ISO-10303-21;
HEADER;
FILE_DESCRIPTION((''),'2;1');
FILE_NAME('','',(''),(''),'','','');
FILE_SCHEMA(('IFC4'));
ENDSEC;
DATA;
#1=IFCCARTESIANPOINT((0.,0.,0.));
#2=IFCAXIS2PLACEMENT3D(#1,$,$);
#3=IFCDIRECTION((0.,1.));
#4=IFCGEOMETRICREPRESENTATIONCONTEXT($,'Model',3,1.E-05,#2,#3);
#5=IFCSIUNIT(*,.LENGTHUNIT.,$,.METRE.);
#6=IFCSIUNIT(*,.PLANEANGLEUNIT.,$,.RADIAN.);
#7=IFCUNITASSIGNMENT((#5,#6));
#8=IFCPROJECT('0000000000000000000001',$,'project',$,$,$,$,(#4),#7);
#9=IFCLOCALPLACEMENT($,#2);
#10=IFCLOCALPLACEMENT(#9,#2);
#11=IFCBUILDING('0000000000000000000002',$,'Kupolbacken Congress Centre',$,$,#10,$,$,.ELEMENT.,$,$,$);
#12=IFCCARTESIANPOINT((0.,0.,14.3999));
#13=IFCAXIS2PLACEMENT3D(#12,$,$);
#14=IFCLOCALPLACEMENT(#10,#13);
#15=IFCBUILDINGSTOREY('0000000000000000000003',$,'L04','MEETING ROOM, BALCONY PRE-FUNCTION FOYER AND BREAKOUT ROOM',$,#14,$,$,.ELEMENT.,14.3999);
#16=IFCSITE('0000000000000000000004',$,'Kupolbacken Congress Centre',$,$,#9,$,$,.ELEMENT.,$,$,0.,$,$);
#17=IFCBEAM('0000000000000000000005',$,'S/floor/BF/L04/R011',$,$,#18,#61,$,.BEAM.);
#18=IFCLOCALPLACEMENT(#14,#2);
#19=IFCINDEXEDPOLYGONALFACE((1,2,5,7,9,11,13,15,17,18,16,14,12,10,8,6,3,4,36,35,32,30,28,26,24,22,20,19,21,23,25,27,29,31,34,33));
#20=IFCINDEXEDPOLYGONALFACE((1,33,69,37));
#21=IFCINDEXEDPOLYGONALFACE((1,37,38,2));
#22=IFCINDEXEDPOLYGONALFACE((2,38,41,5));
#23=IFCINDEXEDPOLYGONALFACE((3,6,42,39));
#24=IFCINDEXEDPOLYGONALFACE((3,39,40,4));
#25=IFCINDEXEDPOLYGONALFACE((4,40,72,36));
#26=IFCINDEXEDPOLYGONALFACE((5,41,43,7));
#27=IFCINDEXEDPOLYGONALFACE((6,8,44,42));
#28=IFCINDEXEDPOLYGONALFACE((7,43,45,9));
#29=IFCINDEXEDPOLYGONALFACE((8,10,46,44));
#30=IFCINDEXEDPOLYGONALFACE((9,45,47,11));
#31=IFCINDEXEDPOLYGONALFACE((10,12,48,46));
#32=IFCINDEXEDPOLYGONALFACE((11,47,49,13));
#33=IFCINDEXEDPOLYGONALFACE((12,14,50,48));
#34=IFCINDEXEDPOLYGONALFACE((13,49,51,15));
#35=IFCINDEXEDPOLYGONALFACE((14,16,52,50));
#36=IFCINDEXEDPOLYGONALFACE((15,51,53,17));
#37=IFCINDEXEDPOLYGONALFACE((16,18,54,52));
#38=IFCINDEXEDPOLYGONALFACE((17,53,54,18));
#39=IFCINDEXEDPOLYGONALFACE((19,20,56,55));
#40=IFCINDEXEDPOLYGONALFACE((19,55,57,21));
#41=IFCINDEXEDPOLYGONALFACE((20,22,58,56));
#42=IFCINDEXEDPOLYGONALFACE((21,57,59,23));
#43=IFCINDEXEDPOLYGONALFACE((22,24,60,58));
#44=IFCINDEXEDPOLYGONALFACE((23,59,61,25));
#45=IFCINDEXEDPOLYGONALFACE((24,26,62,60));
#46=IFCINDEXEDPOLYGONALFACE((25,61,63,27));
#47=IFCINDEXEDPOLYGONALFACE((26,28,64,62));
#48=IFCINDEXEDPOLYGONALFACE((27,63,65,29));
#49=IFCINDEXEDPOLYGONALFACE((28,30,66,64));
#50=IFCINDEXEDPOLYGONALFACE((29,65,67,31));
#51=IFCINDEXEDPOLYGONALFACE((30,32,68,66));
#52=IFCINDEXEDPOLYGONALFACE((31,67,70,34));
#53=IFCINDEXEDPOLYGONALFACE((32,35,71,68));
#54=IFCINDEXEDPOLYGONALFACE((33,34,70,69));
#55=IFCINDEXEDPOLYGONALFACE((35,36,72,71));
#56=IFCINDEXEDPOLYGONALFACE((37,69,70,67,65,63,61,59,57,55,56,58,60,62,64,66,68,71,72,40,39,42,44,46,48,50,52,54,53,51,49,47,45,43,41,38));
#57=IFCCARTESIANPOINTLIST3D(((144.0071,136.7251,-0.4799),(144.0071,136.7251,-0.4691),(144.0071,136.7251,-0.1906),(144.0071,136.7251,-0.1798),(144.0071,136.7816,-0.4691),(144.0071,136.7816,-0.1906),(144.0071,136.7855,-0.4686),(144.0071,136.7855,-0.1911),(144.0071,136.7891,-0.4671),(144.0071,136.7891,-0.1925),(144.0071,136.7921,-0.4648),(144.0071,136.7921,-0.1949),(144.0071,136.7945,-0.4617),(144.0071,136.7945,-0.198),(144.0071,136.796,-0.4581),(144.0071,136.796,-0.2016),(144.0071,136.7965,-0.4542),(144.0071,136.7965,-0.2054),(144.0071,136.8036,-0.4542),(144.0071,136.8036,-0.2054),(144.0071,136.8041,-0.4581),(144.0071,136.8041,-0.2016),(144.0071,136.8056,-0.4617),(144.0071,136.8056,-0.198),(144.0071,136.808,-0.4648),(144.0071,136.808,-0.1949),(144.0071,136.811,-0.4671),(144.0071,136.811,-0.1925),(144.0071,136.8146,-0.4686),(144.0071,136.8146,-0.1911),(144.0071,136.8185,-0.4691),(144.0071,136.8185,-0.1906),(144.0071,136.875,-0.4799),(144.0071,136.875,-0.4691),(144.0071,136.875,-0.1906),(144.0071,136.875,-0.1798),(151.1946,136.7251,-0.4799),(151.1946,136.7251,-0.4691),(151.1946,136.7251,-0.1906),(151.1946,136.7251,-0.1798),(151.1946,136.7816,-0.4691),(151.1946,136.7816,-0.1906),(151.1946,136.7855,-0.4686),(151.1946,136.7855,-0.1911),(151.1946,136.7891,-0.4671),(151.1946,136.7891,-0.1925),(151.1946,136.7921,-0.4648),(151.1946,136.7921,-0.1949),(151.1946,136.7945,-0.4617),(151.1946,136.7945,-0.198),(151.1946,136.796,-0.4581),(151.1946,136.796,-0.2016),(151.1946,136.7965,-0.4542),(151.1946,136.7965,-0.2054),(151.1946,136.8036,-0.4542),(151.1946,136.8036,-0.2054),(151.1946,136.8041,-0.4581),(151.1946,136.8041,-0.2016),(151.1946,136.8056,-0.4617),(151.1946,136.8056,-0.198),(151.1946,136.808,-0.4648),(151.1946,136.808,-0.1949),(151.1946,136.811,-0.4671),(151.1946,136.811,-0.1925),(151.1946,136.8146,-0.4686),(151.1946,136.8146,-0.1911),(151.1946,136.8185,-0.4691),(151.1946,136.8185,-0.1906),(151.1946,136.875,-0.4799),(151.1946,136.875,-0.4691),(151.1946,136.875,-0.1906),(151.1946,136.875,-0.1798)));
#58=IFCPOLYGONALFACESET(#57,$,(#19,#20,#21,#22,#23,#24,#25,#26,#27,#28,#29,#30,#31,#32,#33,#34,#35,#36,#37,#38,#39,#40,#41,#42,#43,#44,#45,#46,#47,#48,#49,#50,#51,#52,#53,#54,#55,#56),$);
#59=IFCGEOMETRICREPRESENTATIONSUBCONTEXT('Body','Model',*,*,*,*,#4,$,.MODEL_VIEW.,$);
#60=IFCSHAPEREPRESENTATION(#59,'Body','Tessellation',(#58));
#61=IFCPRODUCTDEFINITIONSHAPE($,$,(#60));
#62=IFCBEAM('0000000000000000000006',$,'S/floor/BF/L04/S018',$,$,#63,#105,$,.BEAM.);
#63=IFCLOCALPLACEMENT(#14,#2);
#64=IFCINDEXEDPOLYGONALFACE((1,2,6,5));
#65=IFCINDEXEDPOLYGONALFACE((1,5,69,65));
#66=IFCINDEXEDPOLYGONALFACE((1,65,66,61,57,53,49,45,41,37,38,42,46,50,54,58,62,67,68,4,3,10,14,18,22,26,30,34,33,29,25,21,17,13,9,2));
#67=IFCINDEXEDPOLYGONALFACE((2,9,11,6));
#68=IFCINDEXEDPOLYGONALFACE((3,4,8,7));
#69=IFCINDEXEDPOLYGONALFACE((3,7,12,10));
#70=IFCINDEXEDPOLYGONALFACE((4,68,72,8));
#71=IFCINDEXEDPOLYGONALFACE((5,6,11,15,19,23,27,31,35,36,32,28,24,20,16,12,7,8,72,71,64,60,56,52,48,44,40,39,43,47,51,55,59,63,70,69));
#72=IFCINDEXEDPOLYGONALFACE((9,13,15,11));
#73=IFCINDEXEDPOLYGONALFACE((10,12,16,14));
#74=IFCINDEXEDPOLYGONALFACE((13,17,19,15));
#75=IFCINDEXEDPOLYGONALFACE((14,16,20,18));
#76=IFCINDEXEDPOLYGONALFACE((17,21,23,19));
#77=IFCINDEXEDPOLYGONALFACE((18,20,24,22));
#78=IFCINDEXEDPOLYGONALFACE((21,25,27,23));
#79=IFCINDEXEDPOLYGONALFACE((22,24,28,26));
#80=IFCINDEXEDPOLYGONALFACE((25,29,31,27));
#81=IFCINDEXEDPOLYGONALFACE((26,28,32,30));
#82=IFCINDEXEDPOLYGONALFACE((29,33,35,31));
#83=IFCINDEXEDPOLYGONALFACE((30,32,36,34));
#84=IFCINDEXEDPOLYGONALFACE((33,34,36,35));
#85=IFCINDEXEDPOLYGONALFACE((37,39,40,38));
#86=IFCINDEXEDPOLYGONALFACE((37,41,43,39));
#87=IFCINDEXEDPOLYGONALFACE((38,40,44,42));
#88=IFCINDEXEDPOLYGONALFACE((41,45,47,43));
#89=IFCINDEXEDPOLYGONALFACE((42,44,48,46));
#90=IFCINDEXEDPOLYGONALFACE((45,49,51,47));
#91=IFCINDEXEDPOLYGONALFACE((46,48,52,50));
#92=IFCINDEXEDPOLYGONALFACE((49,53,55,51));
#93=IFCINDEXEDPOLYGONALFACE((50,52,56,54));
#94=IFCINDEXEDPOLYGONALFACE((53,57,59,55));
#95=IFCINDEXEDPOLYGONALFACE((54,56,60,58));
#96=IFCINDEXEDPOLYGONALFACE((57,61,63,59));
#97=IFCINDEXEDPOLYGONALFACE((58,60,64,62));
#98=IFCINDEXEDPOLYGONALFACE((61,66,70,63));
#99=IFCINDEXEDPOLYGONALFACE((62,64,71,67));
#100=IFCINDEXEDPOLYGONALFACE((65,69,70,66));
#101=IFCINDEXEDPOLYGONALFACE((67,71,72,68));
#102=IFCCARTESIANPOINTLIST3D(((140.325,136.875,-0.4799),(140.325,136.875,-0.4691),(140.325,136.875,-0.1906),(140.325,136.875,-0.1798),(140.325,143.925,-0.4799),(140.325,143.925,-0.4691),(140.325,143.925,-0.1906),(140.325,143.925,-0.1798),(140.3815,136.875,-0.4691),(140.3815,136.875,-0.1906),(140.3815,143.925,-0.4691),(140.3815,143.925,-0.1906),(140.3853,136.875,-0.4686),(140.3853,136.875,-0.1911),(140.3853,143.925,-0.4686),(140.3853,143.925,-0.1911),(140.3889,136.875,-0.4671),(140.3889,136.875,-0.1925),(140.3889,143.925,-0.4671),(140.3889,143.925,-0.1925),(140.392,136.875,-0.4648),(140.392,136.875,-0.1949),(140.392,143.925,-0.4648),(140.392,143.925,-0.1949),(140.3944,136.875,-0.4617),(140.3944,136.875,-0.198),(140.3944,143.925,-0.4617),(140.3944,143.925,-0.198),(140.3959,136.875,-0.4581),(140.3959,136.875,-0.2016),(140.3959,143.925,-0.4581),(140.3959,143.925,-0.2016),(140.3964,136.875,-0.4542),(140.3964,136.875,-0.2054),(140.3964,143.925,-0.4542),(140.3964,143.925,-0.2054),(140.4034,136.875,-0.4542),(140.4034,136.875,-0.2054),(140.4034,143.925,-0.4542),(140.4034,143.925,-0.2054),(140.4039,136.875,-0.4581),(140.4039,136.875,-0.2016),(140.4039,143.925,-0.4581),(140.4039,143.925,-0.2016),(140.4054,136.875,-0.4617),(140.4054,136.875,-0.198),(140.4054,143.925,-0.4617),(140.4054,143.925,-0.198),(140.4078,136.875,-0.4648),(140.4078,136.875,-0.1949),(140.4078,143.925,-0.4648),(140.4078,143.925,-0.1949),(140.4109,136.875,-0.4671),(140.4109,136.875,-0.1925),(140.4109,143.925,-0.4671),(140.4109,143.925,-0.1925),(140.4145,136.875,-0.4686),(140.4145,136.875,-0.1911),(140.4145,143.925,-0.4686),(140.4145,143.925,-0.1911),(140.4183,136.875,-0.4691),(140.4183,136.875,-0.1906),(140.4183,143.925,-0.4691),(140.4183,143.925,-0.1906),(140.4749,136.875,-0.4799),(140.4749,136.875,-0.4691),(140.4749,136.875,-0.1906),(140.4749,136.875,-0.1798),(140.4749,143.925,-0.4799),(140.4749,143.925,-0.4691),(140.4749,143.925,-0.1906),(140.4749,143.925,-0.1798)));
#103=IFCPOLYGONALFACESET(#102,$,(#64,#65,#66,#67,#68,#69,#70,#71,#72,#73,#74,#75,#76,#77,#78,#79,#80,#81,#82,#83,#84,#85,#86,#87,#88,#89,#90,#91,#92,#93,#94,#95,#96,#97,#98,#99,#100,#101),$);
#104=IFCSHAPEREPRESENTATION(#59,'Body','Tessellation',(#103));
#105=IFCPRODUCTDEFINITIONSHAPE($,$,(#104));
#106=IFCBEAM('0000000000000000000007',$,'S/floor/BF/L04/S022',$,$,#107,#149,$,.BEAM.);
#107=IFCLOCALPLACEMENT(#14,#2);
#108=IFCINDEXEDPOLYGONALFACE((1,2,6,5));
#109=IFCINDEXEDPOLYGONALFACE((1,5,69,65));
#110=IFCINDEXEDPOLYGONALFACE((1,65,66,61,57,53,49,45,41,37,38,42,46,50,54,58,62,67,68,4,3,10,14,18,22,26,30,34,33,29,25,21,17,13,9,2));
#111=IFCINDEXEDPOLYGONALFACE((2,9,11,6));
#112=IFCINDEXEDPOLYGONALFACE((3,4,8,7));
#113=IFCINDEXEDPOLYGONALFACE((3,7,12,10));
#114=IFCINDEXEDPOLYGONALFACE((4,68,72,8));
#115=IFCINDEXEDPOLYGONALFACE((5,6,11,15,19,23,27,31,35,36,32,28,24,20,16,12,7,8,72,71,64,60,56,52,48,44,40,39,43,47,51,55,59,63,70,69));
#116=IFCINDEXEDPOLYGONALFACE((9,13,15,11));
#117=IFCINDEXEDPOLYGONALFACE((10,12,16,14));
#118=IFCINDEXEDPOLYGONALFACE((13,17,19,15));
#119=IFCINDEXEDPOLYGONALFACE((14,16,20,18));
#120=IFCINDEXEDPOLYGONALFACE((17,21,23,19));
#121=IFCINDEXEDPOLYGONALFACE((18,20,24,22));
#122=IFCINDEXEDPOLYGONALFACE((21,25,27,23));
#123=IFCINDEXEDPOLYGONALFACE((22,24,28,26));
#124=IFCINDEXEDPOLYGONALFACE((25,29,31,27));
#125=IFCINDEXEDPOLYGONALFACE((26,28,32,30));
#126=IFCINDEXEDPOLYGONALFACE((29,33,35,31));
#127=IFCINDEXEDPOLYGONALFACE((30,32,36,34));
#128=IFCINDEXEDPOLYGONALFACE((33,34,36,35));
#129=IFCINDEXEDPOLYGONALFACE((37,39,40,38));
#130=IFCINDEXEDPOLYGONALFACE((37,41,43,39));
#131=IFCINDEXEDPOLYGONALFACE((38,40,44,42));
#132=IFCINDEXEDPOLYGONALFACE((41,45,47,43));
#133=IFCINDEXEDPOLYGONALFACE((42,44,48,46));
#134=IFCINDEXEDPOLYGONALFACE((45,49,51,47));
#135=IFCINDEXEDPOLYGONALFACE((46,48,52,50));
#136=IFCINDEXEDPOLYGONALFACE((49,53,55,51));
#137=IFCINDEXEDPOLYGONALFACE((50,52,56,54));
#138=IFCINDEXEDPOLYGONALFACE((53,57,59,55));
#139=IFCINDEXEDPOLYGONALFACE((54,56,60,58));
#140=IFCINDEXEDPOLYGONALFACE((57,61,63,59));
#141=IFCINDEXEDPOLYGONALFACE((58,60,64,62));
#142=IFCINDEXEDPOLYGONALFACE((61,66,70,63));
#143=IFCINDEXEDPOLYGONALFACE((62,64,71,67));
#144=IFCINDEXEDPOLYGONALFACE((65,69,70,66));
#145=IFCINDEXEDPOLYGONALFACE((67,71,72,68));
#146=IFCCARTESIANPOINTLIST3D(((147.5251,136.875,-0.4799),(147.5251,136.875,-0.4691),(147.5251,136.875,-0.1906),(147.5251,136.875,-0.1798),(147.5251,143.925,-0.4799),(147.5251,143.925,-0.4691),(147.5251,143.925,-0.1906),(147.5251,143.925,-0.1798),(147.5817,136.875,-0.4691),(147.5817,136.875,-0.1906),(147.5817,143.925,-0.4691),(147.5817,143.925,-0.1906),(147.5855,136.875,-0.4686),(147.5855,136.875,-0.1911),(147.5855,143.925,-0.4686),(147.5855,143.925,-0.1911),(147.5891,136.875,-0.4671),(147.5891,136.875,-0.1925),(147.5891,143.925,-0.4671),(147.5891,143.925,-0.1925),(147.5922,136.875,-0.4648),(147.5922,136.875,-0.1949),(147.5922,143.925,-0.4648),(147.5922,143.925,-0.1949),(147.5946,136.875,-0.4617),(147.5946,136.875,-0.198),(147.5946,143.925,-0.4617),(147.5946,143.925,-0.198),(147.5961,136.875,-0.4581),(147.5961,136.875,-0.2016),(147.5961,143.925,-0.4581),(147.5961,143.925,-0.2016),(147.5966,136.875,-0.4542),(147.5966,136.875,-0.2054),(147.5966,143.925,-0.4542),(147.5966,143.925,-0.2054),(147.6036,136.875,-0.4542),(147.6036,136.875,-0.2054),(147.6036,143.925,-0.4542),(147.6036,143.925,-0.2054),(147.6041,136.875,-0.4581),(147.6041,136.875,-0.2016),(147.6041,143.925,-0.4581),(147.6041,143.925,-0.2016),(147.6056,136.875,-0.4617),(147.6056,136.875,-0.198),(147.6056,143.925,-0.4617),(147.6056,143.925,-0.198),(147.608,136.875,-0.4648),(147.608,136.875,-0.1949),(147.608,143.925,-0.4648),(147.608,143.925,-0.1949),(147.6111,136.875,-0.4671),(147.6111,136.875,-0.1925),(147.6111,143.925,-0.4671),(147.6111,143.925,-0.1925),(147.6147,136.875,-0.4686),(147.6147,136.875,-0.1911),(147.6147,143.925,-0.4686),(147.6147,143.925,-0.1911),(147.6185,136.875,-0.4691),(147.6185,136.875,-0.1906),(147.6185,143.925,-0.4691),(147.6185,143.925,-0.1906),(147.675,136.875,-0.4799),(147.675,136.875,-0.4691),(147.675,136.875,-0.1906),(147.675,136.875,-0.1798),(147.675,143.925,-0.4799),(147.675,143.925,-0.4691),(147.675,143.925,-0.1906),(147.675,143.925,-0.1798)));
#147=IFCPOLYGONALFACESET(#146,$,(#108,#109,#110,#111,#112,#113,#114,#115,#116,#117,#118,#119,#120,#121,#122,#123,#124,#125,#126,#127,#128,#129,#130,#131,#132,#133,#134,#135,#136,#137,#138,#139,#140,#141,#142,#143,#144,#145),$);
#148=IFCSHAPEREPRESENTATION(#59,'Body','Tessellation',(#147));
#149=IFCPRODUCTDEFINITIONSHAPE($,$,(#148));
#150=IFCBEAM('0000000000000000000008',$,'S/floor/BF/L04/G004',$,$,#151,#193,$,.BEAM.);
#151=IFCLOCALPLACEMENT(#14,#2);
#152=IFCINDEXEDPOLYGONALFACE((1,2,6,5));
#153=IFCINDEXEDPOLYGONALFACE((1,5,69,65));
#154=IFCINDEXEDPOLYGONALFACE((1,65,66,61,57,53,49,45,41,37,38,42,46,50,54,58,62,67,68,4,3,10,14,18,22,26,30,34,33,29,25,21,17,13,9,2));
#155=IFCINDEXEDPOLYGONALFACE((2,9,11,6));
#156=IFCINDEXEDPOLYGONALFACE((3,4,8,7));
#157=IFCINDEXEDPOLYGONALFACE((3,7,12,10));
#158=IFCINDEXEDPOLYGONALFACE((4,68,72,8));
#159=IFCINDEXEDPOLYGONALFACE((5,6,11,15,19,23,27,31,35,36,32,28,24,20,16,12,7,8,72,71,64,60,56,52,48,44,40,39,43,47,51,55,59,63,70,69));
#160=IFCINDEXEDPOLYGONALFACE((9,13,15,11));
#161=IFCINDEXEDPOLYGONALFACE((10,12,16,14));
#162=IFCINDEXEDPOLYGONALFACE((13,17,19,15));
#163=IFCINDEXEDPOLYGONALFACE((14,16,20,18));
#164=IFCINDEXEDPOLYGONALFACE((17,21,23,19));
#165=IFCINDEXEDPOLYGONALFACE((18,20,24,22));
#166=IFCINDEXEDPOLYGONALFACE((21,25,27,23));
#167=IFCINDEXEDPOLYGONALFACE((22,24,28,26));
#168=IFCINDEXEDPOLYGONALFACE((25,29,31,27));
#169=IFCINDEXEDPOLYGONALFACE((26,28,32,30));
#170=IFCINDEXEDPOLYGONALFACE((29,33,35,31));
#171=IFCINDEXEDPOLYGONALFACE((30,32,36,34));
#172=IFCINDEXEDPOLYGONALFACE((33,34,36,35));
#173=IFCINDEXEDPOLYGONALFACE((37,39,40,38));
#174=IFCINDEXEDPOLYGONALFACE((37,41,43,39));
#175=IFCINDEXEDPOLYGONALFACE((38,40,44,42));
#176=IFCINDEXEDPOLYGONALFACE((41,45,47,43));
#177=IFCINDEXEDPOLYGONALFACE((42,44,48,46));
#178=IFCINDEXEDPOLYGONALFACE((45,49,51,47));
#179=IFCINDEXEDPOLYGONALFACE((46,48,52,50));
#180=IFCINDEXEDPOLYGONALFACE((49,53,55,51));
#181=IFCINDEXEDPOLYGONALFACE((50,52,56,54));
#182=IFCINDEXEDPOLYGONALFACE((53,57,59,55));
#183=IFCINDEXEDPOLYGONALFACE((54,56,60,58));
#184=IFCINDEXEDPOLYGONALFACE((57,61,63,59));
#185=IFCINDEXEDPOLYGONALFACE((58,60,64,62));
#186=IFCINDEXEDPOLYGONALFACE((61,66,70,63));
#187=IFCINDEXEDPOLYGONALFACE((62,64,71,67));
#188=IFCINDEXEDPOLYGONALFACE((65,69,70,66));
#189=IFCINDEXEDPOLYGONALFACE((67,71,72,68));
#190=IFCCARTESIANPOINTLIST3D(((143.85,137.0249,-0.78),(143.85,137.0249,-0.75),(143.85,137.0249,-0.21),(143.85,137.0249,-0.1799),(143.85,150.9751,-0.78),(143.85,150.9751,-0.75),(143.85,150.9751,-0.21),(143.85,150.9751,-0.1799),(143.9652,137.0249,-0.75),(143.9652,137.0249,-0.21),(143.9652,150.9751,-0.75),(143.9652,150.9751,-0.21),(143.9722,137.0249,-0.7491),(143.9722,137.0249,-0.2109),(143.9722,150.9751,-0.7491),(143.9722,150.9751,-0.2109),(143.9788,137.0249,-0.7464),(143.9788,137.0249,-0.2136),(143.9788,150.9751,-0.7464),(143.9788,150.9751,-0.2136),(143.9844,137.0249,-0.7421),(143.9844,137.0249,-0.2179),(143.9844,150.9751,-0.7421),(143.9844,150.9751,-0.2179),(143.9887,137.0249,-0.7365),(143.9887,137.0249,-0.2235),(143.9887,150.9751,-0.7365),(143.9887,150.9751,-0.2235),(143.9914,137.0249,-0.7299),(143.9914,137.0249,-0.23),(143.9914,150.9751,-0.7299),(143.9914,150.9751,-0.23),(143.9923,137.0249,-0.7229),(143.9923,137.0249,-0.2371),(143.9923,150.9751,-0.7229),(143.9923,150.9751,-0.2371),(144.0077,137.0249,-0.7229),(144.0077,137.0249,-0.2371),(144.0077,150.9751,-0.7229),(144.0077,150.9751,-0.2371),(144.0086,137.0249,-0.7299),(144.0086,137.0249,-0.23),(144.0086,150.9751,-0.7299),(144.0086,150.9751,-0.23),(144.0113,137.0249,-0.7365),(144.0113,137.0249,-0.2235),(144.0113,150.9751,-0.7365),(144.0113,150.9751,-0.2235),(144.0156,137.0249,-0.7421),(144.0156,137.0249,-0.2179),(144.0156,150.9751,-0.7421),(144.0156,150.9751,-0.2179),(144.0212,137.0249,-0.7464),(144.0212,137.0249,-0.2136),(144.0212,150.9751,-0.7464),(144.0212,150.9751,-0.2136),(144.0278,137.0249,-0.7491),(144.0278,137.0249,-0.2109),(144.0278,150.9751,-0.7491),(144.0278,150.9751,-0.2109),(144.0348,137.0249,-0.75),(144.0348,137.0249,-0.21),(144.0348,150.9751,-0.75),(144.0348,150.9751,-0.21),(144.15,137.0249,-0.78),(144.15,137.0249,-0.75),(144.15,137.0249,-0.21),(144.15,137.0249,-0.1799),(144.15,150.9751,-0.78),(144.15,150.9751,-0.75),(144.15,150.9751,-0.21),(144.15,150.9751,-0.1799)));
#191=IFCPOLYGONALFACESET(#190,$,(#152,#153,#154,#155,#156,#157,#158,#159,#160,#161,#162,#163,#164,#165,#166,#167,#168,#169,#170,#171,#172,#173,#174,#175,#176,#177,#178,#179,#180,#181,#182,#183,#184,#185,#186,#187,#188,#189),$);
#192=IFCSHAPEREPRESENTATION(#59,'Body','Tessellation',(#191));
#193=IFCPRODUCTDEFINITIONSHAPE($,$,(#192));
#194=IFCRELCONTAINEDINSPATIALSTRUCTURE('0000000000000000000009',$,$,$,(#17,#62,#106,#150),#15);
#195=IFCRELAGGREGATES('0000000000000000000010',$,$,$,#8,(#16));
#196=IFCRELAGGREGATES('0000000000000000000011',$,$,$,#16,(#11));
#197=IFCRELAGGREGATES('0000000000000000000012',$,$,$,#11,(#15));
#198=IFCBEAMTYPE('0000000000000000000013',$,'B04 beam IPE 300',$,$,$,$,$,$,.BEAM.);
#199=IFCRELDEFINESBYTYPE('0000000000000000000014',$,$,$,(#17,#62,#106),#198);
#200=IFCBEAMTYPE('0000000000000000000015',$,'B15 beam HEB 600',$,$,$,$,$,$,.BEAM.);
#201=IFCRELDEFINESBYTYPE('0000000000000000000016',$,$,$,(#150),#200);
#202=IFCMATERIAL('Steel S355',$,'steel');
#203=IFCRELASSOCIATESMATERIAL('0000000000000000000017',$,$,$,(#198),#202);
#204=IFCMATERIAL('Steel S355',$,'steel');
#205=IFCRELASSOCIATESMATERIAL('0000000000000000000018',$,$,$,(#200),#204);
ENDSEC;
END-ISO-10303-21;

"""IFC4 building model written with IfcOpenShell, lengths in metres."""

from ifc_helpers import new_model, si_unit, direction, frame, origin, origin_2d, place, context, subcontext, project, spatial, i_section, extrude, material, material_profile, profile_set, type_object, element, save


model = new_model("IFC4")

# Units and contexts
model_context = context("Model", 3, precision=1e-05, world=origin(), true_north=direction((0.0, 1.0)))
body_context = subcontext(model_context, "Body", "Model", "MODEL_VIEW")
ifc_project = project(units=[si_unit("LENGTHUNIT", "METRE"), si_unit("PLANEANGLEUNIT", "RADIAN")], contexts=[model_context])

# Site, building, storey
site_placement = place(None, origin())
site = spatial("IfcSite", under=ifc_project, at=site_placement, Name="Kupolbacken Congress Centre", CompositionType="ELEMENT", RefElevation=0.0)
building_placement = place(site_placement, origin())
building = spatial("IfcBuilding", under=site, at=building_placement, Name="Kupolbacken Congress Centre", CompositionType="ELEMENT")
storey_placement = place(building_placement, frame((0.0, 0.0, 14.3999)))
storey = spatial("IfcBuildingStorey", under=building, at=storey_placement, Name="L04", Description="MEETING ROOM, BALCONY PRE-FUNCTION FOYER AND BREAKOUT ROOM", CompositionType="ELEMENT", Elevation=14.3999)

# Beams
ifc_material_1 = material(Name="Steel S355", Category="steel")
ifc_material_profile_1 = material_profile(ifc_material_1, i_section(OverallWidth=0.1499, OverallDepth=0.3, WebThickness=0.0071, FlangeThickness=0.0107, FilletRadius=0.0149, at=origin_2d()), Name="IPE 300")
ifc_profile_set_1 = profile_set([ifc_material_profile_1], Name="Steel S355")
beam_type_1 = type_object("IfcBeamType", Name="B04 beam IPE 300", PredefinedType="BEAM", material=ifc_profile_set_1)
beam_1_placement = place(storey_placement, frame((144.0071, 136.8, -0.3298), z_axis=(1.0, 0.0, 0.0), x_axis=(0.0, 1.0, 0.0)))
element("IfcBeam", 1, at=beam_1_placement, inside=storey, type_object=beam_type_1, Name="S/floor/BF/L04/R011", PredefinedType="BEAM", context=body_context, shape_type="SweptSolid", body=[
    extrude(i_section(OverallWidth=0.1499, OverallDepth=0.3, WebThickness=0.0071, FlangeThickness=0.0107, FilletRadius=0.0149, at=origin_2d()), origin(), (0.0, 0.0, 1.0), 7.1875),
])
for number, where, z_axis, x_axis, name in (
    (2, (140.3999, 136.875, -0.3298), (0.0, 1.0, 0.0), (-1.0, 0.0, 0.0), "S/floor/BF/L04/S018"),
    (3, (147.6001, 136.875, -0.3298), (0.0, 1.0, 0.0), (-1.0, 0.0, 0.0), "S/floor/BF/L04/S022"),
):
    element("IfcBeam", number, at=place(storey_placement, frame(where, z_axis=z_axis, x_axis=x_axis)), inside=storey, type_object=beam_type_1, Name=name, PredefinedType="BEAM", context=body_context, shape_type="SweptSolid", body=[
        extrude(i_section(OverallWidth=0.1499, OverallDepth=0.3, WebThickness=0.0071, FlangeThickness=0.0107, FilletRadius=0.0149, at=origin_2d()), origin(), (0.0, 0.0, 1.0), 7.05),
    ])
ifc_material_2 = material(Name="Steel S355", Category="steel")
ifc_material_profile_2 = material_profile(ifc_material_2, i_section(OverallWidth=0.3, OverallDepth=0.6001, WebThickness=0.0154, FlangeThickness=0.03, FilletRadius=0.0271, at=origin_2d()), Name="HEB 600")
ifc_profile_set_2 = profile_set([ifc_material_profile_2], Name="Steel S355")
beam_type_2 = type_object("IfcBeamType", Name="B15 beam HEB 600", PredefinedType="BEAM", material=ifc_profile_set_2)
beam_2_placement = place(storey_placement, frame((144.0, 137.0249, -0.48), z_axis=(0.0, 1.0, 0.0), x_axis=(-1.0, 0.0, 0.0)))
element("IfcBeam", 4, at=beam_2_placement, inside=storey, type_object=beam_type_2, Name="S/floor/BF/L04/G004", PredefinedType="BEAM", context=body_context, shape_type="SweptSolid", body=[
    extrude(i_section(OverallWidth=0.3, OverallDepth=0.6001, WebThickness=0.0154, FlangeThickness=0.03, FilletRadius=0.0271, at=origin_2d()), origin(), (0.0, 0.0, 1.0), 13.9502),
])

save(model, "model.ifc")
